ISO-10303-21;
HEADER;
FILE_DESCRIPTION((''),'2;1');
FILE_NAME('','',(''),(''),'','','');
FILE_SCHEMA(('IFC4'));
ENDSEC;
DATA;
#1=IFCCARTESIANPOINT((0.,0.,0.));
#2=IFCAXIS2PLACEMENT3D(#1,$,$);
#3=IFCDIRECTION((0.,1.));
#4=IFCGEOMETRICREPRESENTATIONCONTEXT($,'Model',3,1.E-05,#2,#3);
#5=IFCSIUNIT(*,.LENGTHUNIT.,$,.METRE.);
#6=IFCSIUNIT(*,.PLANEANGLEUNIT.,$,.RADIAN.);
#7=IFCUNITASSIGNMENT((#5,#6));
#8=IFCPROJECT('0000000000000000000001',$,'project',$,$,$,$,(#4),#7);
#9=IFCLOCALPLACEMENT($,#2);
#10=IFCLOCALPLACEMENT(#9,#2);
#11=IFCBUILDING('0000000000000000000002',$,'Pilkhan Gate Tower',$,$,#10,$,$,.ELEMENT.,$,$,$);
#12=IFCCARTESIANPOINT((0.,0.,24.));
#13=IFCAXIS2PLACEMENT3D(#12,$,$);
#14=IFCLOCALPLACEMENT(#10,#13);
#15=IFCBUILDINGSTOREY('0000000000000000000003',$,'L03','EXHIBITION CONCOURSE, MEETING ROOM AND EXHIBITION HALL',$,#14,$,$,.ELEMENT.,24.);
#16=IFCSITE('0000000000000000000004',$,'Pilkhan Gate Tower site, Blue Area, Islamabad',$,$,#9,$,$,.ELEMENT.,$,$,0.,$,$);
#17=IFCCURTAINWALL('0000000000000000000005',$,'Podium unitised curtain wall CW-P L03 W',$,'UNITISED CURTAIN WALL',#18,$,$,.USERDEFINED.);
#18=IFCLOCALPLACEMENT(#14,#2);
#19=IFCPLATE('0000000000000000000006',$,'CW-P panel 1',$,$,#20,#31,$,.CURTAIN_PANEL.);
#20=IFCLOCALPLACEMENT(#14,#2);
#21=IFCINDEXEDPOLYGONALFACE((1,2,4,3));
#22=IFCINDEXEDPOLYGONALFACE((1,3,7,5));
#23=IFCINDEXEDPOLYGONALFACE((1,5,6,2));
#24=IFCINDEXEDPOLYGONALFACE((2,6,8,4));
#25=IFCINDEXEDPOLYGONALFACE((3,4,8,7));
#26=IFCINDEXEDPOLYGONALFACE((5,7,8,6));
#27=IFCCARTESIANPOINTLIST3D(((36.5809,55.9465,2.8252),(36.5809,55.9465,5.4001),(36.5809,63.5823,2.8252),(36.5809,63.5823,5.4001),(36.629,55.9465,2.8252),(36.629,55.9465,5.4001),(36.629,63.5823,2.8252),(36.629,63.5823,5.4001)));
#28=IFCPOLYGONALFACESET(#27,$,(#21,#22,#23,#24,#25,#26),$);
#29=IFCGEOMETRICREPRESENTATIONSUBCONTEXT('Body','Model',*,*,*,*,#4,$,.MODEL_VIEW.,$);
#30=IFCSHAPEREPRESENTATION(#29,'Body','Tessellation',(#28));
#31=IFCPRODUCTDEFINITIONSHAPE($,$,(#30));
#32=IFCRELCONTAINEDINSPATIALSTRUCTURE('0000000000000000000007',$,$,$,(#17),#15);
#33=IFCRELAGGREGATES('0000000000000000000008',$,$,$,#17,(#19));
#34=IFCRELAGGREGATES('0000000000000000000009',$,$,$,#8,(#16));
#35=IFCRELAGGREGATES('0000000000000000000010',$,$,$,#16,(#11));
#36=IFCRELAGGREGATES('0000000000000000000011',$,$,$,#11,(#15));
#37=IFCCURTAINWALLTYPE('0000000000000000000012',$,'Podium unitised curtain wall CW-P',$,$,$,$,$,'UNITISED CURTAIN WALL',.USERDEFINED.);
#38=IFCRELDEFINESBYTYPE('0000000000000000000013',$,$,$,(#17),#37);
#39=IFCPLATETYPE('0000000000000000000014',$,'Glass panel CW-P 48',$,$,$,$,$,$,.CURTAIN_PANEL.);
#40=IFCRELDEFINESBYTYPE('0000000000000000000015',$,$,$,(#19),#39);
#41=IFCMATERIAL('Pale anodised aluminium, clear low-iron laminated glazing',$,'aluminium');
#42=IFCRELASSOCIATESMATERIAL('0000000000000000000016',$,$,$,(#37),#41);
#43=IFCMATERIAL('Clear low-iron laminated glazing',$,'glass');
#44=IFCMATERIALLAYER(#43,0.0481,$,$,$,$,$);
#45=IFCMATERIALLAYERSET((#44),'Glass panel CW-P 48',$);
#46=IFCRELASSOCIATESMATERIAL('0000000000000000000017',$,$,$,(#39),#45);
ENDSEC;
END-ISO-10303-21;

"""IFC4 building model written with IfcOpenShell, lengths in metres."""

from ifc_helpers import new_model, si_unit, direction, frame, origin, origin_2d, place, context, subcontext, project, spatial, rectangle, extrude, material, layer, layer_set, type_object, element, aggregate, save


model = new_model("IFC4")

# Units and contexts
model_context = context("Model", 3, precision=1e-05, world=origin(), true_north=direction((0.0, 1.0)))
body_context = subcontext(model_context, "Body", "Model", "MODEL_VIEW")
ifc_project = project(units=[si_unit("LENGTHUNIT", "METRE"), si_unit("PLANEANGLEUNIT", "RADIAN")], contexts=[model_context])

# Site, building, storey
site_placement = place(None, origin())
site = spatial("IfcSite", under=ifc_project, at=site_placement, Name="Pilkhan Gate Tower site, Blue Area, Islamabad", CompositionType="ELEMENT", RefElevation=0.0)
building_placement = place(site_placement, origin())
building = spatial("IfcBuilding", under=site, at=building_placement, Name="Pilkhan Gate Tower", CompositionType="ELEMENT")
storey_placement = place(building_placement, frame((0.0, 0.0, 24.0)))
storey = spatial("IfcBuildingStorey", under=building, at=storey_placement, Name="L03", Description="EXHIBITION CONCOURSE, MEETING ROOM AND EXHIBITION HALL", CompositionType="ELEMENT", Elevation=24.0)

# Curtain wall
ifc_material_1 = material(Name="Pale anodised aluminium, clear low-iron laminated glazing", Category="aluminium")
curtain_wall_type = type_object("IfcCurtainWallType", Name="Podium unitised curtain wall CW-P", ElementType="UNITISED CURTAIN WALL", PredefinedType="USERDEFINED", material=ifc_material_1)
curtain_wall_1_placement = place(storey_placement, origin())
curtain_wall_1 = element("IfcCurtainWall", 1, at=curtain_wall_1_placement, inside=storey, type_object=curtain_wall_type, Name="Podium unitised curtain wall CW-P L03 W", ObjectType="UNITISED CURTAIN WALL", PredefinedType="USERDEFINED")

# Plate
ifc_material_2 = material(Name="Clear low-iron laminated glazing", Category="glass")
ifc_layer = layer(ifc_material_2, 0.0481)
ifc_layer_set = layer_set([ifc_layer], Name="Glass panel CW-P 48")
plate_type = type_object("IfcPlateType", Name="Glass panel CW-P 48", PredefinedType="CURTAIN_PANEL", material=ifc_layer_set)
plate_1_placement = place(storey_placement, frame((36.605, 59.7644, 2.8252), z_axis=(0.0, 0.0, 1.0), x_axis=(0.0, 1.0, 0.0)))
plate_1 = element("IfcPlate", 2, at=plate_1_placement, type_object=plate_type, Name="CW-P panel 1", PredefinedType="CURTAIN_PANEL", context=body_context, shape_type="SweptSolid", body=[
    extrude(rectangle(XDim=7.6357, YDim=0.0481, at=origin_2d()), origin(), (0.0, 0.0, 1.0), 2.575),
])
aggregate(curtain_wall_1, [plate_1])

save(model, "model.ifc")
